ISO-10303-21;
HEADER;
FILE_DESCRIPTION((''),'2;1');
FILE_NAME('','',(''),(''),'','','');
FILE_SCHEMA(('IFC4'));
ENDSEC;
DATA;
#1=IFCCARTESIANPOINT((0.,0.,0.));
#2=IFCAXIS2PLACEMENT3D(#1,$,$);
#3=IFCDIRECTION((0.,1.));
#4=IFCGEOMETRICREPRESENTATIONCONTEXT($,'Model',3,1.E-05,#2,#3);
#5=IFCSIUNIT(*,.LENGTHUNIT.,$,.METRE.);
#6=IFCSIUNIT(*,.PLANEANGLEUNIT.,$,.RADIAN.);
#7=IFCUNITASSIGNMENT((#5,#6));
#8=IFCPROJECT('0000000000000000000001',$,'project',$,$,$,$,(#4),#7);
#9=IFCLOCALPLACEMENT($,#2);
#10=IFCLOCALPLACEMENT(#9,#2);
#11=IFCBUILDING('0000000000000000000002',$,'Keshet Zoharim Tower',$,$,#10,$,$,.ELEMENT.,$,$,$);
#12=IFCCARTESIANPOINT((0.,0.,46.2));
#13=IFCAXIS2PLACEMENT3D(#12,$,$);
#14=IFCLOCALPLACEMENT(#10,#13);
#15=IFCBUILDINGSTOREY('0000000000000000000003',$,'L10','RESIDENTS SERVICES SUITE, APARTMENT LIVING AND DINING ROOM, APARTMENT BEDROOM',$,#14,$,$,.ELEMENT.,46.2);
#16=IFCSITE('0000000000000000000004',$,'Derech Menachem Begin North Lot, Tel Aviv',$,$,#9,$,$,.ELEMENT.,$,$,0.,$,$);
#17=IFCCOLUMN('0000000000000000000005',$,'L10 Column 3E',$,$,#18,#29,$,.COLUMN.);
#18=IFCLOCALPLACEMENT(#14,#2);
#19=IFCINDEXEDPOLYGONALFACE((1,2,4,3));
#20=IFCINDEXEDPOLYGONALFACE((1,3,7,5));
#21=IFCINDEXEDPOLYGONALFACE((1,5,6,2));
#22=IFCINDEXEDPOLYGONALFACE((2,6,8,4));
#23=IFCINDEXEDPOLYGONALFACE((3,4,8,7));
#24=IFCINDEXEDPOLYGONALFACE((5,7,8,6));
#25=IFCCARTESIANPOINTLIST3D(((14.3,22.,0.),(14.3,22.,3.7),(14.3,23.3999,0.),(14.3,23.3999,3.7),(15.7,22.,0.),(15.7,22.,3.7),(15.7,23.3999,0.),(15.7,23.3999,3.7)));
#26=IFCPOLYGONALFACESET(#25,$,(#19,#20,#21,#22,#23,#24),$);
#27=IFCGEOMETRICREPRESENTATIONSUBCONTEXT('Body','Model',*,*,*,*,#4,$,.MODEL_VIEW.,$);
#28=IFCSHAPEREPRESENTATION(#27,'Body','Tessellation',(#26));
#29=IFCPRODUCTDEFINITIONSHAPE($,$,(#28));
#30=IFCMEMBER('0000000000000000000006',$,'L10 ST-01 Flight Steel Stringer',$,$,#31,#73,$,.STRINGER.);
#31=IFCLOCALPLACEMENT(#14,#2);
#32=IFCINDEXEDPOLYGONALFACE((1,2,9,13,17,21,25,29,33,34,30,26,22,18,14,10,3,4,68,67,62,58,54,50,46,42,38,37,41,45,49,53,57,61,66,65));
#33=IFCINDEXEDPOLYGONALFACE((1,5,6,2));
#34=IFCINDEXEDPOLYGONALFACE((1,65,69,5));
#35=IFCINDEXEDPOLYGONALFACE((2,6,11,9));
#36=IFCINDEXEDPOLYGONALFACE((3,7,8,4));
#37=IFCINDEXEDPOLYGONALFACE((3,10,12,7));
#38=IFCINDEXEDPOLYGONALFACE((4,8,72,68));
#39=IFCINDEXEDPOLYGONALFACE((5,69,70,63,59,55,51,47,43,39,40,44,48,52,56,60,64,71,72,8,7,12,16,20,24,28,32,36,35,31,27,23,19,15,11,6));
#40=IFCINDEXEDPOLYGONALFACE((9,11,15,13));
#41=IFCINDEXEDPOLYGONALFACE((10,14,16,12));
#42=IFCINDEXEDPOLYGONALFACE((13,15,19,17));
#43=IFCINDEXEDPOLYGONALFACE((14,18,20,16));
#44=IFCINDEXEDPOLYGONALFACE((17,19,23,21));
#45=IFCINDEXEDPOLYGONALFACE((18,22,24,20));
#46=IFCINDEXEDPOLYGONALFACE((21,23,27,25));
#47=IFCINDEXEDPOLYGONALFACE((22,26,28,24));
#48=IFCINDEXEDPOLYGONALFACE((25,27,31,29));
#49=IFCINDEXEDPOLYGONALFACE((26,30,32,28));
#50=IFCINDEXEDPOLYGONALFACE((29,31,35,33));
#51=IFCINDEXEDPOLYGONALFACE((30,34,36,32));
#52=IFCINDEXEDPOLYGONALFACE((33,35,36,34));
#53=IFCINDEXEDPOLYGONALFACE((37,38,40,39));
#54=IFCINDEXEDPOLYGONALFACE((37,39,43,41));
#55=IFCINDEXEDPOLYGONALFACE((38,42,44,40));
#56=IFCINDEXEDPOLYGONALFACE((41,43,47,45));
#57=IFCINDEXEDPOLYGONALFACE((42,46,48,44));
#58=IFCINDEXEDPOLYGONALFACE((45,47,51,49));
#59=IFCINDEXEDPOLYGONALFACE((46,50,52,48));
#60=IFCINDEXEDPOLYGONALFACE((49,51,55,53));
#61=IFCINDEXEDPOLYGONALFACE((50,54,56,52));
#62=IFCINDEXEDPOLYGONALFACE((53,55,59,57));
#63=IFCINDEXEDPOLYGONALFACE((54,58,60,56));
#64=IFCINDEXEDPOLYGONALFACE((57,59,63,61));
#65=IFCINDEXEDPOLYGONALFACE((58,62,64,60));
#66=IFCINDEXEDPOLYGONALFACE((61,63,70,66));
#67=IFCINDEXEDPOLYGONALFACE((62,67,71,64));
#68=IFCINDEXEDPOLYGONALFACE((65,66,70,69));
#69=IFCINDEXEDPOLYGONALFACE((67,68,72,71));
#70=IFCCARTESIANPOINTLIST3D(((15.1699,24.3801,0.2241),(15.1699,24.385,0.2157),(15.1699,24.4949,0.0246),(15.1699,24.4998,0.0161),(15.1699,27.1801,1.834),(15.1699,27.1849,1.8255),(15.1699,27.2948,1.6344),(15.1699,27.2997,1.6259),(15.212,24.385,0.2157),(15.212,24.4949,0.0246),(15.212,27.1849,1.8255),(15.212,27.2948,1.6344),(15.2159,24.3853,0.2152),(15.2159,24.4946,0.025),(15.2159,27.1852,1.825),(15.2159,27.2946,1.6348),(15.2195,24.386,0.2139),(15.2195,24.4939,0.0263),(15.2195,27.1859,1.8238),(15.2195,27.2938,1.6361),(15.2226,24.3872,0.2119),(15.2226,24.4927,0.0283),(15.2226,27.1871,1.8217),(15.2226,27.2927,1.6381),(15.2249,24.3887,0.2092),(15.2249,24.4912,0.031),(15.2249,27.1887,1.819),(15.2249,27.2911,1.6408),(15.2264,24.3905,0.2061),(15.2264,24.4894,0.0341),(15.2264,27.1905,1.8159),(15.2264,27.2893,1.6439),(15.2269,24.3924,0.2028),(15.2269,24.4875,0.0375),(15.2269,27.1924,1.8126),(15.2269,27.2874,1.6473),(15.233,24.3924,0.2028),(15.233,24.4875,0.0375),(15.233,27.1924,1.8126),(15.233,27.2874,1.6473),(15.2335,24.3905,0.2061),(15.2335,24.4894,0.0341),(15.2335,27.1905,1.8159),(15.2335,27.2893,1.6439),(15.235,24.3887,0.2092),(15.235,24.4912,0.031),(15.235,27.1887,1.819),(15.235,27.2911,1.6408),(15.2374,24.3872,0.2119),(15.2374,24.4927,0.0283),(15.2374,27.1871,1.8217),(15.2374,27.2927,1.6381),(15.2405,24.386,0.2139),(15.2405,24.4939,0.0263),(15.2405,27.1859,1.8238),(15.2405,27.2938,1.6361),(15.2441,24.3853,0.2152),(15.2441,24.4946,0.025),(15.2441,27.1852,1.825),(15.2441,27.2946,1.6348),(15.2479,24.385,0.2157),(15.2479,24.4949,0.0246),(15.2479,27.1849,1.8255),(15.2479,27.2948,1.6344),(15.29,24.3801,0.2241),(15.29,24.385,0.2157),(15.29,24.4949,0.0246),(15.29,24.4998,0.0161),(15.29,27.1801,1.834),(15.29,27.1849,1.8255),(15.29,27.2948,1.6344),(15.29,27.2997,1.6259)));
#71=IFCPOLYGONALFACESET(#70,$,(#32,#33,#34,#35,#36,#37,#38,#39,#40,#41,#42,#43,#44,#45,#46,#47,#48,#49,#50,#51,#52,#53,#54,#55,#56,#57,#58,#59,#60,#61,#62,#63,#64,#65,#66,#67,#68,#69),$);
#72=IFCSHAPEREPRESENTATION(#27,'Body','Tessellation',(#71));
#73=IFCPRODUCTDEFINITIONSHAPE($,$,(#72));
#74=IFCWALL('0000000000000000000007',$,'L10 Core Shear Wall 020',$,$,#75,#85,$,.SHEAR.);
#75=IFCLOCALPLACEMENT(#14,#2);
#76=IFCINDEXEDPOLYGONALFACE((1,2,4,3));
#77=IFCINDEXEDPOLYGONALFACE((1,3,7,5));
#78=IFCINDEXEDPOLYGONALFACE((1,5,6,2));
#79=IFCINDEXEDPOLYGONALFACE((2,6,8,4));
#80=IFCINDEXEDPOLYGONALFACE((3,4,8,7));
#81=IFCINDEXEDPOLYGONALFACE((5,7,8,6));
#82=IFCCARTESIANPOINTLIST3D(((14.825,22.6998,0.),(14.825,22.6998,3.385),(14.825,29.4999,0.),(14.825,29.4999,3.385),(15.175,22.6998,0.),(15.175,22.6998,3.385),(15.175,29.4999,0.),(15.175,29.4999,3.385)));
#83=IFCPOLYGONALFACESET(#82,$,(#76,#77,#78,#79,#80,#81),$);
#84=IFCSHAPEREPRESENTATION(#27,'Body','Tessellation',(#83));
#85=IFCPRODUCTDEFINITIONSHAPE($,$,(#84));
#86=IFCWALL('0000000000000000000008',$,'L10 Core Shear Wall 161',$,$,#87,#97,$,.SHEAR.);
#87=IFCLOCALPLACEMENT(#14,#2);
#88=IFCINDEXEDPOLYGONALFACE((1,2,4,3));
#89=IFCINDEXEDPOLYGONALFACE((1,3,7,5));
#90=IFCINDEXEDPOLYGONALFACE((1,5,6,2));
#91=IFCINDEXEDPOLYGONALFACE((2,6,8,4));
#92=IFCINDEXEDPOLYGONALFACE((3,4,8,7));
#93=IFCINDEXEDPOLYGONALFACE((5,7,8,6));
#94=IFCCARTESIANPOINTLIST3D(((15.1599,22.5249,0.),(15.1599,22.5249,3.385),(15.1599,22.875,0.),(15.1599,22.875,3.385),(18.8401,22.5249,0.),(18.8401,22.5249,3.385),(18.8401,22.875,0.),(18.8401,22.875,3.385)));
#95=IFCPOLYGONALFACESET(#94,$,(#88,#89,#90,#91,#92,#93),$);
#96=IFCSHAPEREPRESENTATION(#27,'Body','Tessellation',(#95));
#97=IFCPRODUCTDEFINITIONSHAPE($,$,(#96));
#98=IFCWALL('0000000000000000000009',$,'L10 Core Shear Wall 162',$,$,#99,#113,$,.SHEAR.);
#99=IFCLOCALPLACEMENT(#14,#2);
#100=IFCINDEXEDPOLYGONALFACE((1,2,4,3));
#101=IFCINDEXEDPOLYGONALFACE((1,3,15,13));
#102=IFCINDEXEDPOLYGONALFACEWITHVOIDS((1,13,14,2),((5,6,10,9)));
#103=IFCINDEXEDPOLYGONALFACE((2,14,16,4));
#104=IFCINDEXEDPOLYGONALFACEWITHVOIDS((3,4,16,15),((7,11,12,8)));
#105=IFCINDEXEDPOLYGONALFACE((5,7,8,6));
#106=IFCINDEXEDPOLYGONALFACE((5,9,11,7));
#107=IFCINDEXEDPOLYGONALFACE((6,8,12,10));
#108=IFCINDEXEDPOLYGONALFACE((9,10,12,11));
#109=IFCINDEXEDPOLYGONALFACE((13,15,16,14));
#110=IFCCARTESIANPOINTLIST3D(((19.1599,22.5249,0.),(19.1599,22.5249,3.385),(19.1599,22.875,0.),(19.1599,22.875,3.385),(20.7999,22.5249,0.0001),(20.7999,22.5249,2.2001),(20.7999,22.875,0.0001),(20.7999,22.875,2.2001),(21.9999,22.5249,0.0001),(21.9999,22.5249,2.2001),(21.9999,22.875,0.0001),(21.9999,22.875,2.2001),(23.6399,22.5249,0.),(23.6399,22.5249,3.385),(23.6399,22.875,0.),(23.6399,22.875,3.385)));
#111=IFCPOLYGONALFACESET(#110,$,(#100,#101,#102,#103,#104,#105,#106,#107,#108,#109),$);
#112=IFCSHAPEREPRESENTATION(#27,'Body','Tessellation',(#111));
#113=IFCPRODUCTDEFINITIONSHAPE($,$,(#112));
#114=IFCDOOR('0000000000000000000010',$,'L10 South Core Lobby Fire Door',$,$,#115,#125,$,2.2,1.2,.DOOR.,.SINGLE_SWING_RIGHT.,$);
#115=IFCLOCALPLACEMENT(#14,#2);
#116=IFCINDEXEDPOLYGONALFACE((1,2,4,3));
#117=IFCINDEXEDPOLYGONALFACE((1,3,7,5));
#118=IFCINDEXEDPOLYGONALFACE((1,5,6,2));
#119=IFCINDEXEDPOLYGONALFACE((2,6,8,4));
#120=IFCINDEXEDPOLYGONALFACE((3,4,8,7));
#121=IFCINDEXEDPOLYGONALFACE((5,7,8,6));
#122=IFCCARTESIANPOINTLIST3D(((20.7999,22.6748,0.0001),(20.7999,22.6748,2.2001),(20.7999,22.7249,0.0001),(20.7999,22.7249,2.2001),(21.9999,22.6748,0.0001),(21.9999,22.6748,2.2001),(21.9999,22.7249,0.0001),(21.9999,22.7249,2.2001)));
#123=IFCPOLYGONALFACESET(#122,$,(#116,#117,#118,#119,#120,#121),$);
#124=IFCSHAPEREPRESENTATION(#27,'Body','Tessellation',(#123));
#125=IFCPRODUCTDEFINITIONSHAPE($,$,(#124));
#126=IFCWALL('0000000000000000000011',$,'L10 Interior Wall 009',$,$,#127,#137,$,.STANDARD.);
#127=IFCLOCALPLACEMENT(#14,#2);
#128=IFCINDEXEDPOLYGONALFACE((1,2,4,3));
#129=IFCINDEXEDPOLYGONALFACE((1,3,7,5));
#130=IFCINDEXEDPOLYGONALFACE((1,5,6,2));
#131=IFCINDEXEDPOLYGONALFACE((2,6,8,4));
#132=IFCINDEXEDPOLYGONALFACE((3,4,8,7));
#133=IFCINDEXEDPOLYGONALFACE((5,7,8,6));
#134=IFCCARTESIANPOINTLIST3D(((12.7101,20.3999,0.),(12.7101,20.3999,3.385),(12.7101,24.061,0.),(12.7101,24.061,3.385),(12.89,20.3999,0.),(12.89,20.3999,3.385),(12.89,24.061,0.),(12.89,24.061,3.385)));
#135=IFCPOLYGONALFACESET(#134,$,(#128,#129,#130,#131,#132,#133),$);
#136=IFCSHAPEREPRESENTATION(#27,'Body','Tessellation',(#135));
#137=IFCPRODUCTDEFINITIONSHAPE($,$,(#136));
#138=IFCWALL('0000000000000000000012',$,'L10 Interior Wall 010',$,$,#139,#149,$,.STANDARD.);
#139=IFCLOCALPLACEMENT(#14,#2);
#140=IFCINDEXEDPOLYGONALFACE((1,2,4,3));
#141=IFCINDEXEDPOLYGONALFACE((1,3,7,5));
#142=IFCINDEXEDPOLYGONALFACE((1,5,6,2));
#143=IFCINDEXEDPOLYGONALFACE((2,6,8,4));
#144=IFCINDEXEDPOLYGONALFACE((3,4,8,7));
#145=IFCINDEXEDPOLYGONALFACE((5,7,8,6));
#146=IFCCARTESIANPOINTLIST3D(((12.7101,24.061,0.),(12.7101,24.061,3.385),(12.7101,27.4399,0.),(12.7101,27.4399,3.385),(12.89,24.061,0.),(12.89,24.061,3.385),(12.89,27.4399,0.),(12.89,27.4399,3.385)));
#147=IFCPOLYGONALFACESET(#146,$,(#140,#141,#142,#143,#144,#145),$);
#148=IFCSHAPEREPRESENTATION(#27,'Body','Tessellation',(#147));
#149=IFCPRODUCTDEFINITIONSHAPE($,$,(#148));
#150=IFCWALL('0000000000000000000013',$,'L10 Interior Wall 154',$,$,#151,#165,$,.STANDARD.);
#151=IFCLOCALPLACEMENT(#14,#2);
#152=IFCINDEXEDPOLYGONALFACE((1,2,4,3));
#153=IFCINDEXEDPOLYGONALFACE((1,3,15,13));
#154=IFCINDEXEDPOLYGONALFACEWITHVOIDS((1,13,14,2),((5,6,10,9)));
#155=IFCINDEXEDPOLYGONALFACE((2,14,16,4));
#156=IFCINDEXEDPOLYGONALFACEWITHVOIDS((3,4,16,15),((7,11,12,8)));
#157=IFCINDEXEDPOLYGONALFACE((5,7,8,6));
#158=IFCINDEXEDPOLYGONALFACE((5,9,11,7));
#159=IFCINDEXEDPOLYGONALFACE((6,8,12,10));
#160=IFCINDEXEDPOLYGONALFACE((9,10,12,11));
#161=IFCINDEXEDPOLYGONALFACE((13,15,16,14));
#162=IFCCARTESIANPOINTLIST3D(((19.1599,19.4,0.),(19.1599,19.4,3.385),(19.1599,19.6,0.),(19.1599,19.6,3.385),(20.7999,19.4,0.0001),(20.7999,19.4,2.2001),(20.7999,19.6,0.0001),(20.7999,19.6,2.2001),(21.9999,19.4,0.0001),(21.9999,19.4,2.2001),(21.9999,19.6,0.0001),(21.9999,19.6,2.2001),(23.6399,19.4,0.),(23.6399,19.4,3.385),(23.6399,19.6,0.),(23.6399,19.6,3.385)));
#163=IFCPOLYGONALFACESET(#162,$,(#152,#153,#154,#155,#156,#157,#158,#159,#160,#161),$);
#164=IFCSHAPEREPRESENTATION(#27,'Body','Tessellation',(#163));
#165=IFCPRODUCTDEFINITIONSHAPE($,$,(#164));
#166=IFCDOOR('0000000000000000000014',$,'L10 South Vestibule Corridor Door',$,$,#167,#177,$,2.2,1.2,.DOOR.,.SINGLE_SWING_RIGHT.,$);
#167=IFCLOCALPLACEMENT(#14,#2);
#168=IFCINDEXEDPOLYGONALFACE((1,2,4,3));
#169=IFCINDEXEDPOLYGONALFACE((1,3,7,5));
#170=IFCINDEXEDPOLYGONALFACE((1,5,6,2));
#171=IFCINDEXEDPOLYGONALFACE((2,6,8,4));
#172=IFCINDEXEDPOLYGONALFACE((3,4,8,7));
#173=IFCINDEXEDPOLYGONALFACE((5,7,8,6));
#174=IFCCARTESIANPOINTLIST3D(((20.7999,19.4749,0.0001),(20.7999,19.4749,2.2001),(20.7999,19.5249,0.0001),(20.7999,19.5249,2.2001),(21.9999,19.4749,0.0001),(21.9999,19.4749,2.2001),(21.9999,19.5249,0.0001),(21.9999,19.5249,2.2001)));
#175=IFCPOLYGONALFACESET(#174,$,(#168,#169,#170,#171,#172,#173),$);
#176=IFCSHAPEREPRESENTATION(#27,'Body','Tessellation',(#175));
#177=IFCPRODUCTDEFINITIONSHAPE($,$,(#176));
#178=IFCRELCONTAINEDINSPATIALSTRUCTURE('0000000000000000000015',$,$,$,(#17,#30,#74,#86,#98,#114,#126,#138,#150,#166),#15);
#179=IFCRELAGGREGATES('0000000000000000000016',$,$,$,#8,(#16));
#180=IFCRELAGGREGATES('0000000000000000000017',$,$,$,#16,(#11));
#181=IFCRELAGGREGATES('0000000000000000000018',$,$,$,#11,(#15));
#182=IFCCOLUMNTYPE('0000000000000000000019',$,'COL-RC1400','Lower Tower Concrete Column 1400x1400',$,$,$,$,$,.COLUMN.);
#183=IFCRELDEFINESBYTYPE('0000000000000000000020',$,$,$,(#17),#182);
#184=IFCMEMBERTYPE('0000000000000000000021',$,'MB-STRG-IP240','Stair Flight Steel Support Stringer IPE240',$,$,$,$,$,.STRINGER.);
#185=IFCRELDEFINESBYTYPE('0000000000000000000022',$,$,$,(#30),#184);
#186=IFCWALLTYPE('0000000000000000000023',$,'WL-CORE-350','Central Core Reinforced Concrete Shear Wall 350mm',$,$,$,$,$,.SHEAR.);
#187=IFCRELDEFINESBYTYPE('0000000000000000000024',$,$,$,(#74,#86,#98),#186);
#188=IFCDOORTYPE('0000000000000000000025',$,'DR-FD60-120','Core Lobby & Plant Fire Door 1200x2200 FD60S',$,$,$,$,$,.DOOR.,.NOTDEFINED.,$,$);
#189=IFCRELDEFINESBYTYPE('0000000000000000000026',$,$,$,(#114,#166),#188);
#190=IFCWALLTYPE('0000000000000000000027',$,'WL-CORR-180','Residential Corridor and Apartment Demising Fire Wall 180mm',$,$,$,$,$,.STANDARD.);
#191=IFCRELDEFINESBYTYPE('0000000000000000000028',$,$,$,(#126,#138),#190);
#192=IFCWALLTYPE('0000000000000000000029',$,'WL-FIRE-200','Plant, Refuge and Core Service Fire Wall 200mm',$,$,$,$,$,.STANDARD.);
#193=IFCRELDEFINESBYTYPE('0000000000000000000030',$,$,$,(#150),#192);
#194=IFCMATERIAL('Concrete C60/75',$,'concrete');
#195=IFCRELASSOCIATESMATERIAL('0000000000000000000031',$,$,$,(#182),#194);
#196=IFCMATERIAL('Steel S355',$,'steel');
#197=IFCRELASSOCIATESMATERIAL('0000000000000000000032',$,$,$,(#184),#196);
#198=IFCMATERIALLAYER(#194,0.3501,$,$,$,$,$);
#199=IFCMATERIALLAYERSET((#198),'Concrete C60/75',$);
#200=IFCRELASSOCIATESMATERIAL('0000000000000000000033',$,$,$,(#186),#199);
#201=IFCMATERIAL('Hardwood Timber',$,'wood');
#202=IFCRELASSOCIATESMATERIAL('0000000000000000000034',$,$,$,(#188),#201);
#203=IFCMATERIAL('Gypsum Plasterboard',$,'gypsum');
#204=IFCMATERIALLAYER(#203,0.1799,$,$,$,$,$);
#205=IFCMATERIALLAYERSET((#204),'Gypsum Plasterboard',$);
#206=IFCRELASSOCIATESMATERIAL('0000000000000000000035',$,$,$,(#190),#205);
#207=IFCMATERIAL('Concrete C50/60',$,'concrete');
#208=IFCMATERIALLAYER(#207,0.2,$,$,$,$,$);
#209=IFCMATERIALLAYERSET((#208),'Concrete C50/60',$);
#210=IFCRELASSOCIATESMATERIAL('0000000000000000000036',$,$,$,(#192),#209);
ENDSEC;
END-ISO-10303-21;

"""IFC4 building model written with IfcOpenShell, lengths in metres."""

from ifc_helpers import new_model, si_unit, direction, frame, frame_2d, origin, origin_2d, place, context, subcontext, project, spatial, rectangle, i_section, extrude, material, layer, layer_set, material_profile, profile_set, type_object, element, fill, save


model = new_model("IFC4")

# Units and contexts
model_context = context("Model", 3, precision=1e-05, world=origin(), true_north=direction((0.0, 1.0)))
body_context = subcontext(model_context, "Body", "Model", "MODEL_VIEW")
ifc_project = project(units=[si_unit("LENGTHUNIT", "METRE"), si_unit("PLANEANGLEUNIT", "RADIAN")], contexts=[model_context])

# Site, building, storey
site_placement = place(None, origin())
site = spatial("IfcSite", under=ifc_project, at=site_placement, Name="Derech Menachem Begin North Lot, Tel Aviv", CompositionType="ELEMENT", RefElevation=0.0)
building_placement = place(site_placement, origin())
building = spatial("IfcBuilding", under=site, at=building_placement, Name="Keshet Zoharim Tower", CompositionType="ELEMENT")
storey_placement = place(building_placement, frame((0.0, 0.0, 46.2)))
storey = spatial("IfcBuildingStorey", under=building, at=storey_placement, Name="L10", Description="RESIDENTS SERVICES SUITE, APARTMENT LIVING AND DINING ROOM, APARTMENT BEDROOM", CompositionType="ELEMENT", Elevation=46.2)

# Column
ifc_material_1 = material(Name="Concrete C60/75", Category="concrete")
ifc_material_profile_1 = material_profile(ifc_material_1, rectangle(XDim=1.3999, YDim=1.3999, at=origin_2d()), Name="RC1400x1400")
ifc_profile_set_1 = profile_set([ifc_material_profile_1], Name="Concrete C60/75")
column_type = type_object("IfcColumnType", Name="COL-RC1400", Description="Lower Tower Concrete Column 1400x1400", PredefinedType="COLUMN", material=ifc_profile_set_1)
column_placement = place(storey_placement, frame((15.0, 22.7, 0.0), z_axis=(0.0, 0.0, 1.0), x_axis=(1.0, 0.0, 0.0)))
element("IfcColumn", 1, at=column_placement, inside=storey, type_object=column_type, Name="L10 Column 3E", PredefinedType="COLUMN", context=body_context, shape_type="SweptSolid", body=[
    extrude(rectangle(XDim=1.3999, YDim=1.3999, at=origin_2d()), origin(), (0.0, 0.0, 1.0), 3.7),
])

# Member
ifc_material_2 = material(Name="Steel S355", Category="steel")
ifc_material_profile_2 = material_profile(ifc_material_2, i_section(OverallWidth=0.1201, OverallDepth=0.24, WebThickness=0.0061, FlangeThickness=0.0098, FilletRadius=0.0149, at=origin_2d()), Name="IPE240")
ifc_profile_set_2 = profile_set([ifc_material_profile_2], Name="Steel S355")
member_type = type_object("IfcMemberType", Name="MB-STRG-IP240", Description="Stair Flight Steel Support Stringer IPE240", PredefinedType="STRINGER", material=ifc_profile_set_2)
member_placement = place(storey_placement, frame((15.23, 24.4399, 0.1201), z_axis=(0.0, 0.866928, 0.498433), x_axis=(-1.0, 0.0, 0.0)))
element("IfcMember", 2, at=member_placement, inside=storey, type_object=member_type, Name="L10 ST-01 Flight Steel Stringer", PredefinedType="STRINGER", context=body_context, shape_type="SweptSolid", body=[
    extrude(i_section(OverallWidth=0.1201, OverallDepth=0.24, WebThickness=0.0061, FlangeThickness=0.0098, FilletRadius=0.0149, at=origin_2d()), origin(), (0.0, 0.0, 1.0), 3.2297),
])

# Wall
ifc_layer_1 = layer(ifc_material_1, 0.3501)
ifc_layer_set_1 = layer_set([ifc_layer_1], Name="Concrete C60/75")
wall_type_1 = type_object("IfcWallType", Name="WL-CORE-350", Description="Central Core Reinforced Concrete Shear Wall 350mm", PredefinedType="SHEAR", material=ifc_layer_set_1)
wall_1_placement = place(storey_placement, frame((15.0, 22.7, 0.0), z_axis=(0.0, 0.0, 1.0), x_axis=(0.0, 1.0, 0.0)))
element("IfcWall", 3, at=wall_1_placement, inside=storey, type_object=wall_type_1, Name="L10 Core Shear Wall 020", PredefinedType="SHEAR", context=body_context, shape_type="SweptSolid", body=[
    extrude(rectangle(XDim=6.8, YDim=0.3501, at=frame_2d((3.3999, 0.0))), origin(), (0.0, 0.0, 1.0), 3.385),
])

# Shared definitions
ifc_material_3 = material(Name="Hardwood Timber", Category="wood")

# Wall
wall_2_placement = place(storey_placement, frame((15.1599, 22.7, 0.0), z_axis=(0.0, 0.0, 1.0), x_axis=(1.0, 0.0, 0.0)))
element("IfcWall", 4, at=wall_2_placement, inside=storey, type_object=wall_type_1, Name="L10 Core Shear Wall 161", PredefinedType="SHEAR", context=body_context, shape_type="SweptSolid", body=[
    extrude(rectangle(XDim=3.6802, YDim=0.3501, at=frame_2d((1.8401, 0.0))), origin(), (0.0, 0.0, 1.0), 3.385),
])

# Wall, opening, door
wall_3_placement = place(storey_placement, frame((19.1599, 22.7, 0.0), z_axis=(0.0, 0.0, 1.0), x_axis=(1.0, 0.0, 0.0)))
wall_3 = element("IfcWall", 5, at=wall_3_placement, inside=storey, type_object=wall_type_1, Name="L10 Core Shear Wall 162", PredefinedType="SHEAR", context=body_context, shape_type="SweptSolid", body=[
    extrude(rectangle(XDim=4.48, YDim=0.3501, at=frame_2d((2.24, 0.0))), origin(), (0.0, 0.0, 1.0), 3.385),
])
opening_1_placement = place(wall_3_placement, frame((1.6399, 0.0, 0.0)))
opening_1 = element("IfcOpeningElement", 6, at=opening_1_placement, cuts=wall_3, PredefinedType="OPENING", context=body_context, shape_type="SweptSolid", body=[
    extrude(rectangle(XDim=1.2, YDim=2.2, at=frame_2d((0.6001, 1.1001))), frame((0.0, 0.1851, 0.0), z_axis=(0.0, -1.0, 0.0), x_axis=(1.0, 0.0, 0.0)), (0.0, 0.0, 1.0), 0.3701),
])
door_type_1 = type_object("IfcDoorType", Name="DR-FD60-120", Description="Core Lobby & Plant Fire Door 1200x2200 FD60S", OperationType="NOTDEFINED", PredefinedType="DOOR", material=ifc_material_3)
door_1_placement = place(opening_1_placement, origin())
door_1 = element("IfcDoor", 7, at=door_1_placement, inside=storey, type_object=door_type_1, Name="L10 South Core Lobby Fire Door", OperationType="SINGLE_SWING_RIGHT", OverallHeight=2.2, OverallWidth=1.2, PredefinedType="DOOR", context=body_context, shape_type="SweptSolid", body=[
    extrude(rectangle(XDim=1.2, YDim=2.2, at=frame_2d((0.6001, 1.1001))), frame((0.0, 0.0249, 0.0), z_axis=(0.0, -1.0, 0.0), x_axis=(1.0, 0.0, 0.0)), (0.0, 0.0, 1.0), 0.05),
])
fill(opening_1, door_1)

# Walls
ifc_material_4 = material(Name="Gypsum Plasterboard", Category="gypsum")
ifc_layer_2 = layer(ifc_material_4, 0.1799)
ifc_layer_set_2 = layer_set([ifc_layer_2], Name="Gypsum Plasterboard")
wall_type_2 = type_object("IfcWallType", Name="WL-CORR-180", Description="Residential Corridor and Apartment Demising Fire Wall 180mm", PredefinedType="STANDARD", material=ifc_layer_set_2)
wall_4_placement = place(storey_placement, frame((12.8, 20.3999, 0.0), z_axis=(0.0, 0.0, 1.0), x_axis=(0.0, 1.0, 0.0)))
element("IfcWall", 8, at=wall_4_placement, inside=storey, type_object=wall_type_2, Name="L10 Interior Wall 009", PredefinedType="STANDARD", context=body_context, shape_type="SweptSolid", body=[
    extrude(rectangle(XDim=3.6611, YDim=0.1799, at=frame_2d((1.8306, 0.0))), origin(), (0.0, 0.0, 1.0), 3.385),
])
wall_5_placement = place(storey_placement, frame((12.8, 24.061, 0.0), z_axis=(0.0, 0.0, 1.0), x_axis=(0.0, 1.0, 0.0)))
element("IfcWall", 9, at=wall_5_placement, inside=storey, type_object=wall_type_2, Name="L10 Interior Wall 010", PredefinedType="STANDARD", context=body_context, shape_type="SweptSolid", body=[
    extrude(rectangle(XDim=3.3789, YDim=0.1799, at=frame_2d((1.6895, 0.0))), origin(), (0.0, 0.0, 1.0), 3.385),
])

# Wall, opening, door
ifc_material_5 = material(Name="Concrete C50/60", Category="concrete")
ifc_layer_3 = layer(ifc_material_5, 0.2)
ifc_layer_set_3 = layer_set([ifc_layer_3], Name="Concrete C50/60")
wall_type_3 = type_object("IfcWallType", Name="WL-FIRE-200", Description="Plant, Refuge and Core Service Fire Wall 200mm", PredefinedType="STANDARD", material=ifc_layer_set_3)
wall_6_placement = place(storey_placement, frame((19.1599, 19.5, 0.0), z_axis=(0.0, 0.0, 1.0), x_axis=(1.0, 0.0, 0.0)))
wall_6 = element("IfcWall", 10, at=wall_6_placement, inside=storey, type_object=wall_type_3, Name="L10 Interior Wall 154", PredefinedType="STANDARD", context=body_context, shape_type="SweptSolid", body=[
    extrude(rectangle(XDim=4.48, YDim=0.2, at=frame_2d((2.24, 0.0))), origin(), (0.0, 0.0, 1.0), 3.385),
])
opening_2_placement = place(wall_6_placement, frame((1.6399, 0.0, 0.0)))
opening_2 = element("IfcOpeningElement", 11, at=opening_2_placement, cuts=wall_6, PredefinedType="OPENING", context=body_context, shape_type="SweptSolid", body=[
    extrude(rectangle(XDim=1.2, YDim=2.2, at=frame_2d((0.6001, 1.1001))), frame((0.0, 0.1099, 0.0), z_axis=(0.0, -1.0, 0.0), x_axis=(1.0, 0.0, 0.0)), (0.0, 0.0, 1.0), 0.22),
])
door_2_placement = place(opening_2_placement, origin())
door_2 = element("IfcDoor", 12, at=door_2_placement, inside=storey, type_object=door_type_1, Name="L10 South Vestibule Corridor Door", OperationType="SINGLE_SWING_RIGHT", OverallHeight=2.2, OverallWidth=1.2, PredefinedType="DOOR", context=body_context, shape_type="SweptSolid", body=[
    extrude(rectangle(XDim=1.2, YDim=2.2, at=frame_2d((0.6001, 1.1001))), frame((0.0, 0.0249, 0.0), z_axis=(0.0, -1.0, 0.0), x_axis=(1.0, 0.0, 0.0)), (0.0, 0.0, 1.0), 0.05),
])
fill(opening_2, door_2)

save(model, "model.ifc")
